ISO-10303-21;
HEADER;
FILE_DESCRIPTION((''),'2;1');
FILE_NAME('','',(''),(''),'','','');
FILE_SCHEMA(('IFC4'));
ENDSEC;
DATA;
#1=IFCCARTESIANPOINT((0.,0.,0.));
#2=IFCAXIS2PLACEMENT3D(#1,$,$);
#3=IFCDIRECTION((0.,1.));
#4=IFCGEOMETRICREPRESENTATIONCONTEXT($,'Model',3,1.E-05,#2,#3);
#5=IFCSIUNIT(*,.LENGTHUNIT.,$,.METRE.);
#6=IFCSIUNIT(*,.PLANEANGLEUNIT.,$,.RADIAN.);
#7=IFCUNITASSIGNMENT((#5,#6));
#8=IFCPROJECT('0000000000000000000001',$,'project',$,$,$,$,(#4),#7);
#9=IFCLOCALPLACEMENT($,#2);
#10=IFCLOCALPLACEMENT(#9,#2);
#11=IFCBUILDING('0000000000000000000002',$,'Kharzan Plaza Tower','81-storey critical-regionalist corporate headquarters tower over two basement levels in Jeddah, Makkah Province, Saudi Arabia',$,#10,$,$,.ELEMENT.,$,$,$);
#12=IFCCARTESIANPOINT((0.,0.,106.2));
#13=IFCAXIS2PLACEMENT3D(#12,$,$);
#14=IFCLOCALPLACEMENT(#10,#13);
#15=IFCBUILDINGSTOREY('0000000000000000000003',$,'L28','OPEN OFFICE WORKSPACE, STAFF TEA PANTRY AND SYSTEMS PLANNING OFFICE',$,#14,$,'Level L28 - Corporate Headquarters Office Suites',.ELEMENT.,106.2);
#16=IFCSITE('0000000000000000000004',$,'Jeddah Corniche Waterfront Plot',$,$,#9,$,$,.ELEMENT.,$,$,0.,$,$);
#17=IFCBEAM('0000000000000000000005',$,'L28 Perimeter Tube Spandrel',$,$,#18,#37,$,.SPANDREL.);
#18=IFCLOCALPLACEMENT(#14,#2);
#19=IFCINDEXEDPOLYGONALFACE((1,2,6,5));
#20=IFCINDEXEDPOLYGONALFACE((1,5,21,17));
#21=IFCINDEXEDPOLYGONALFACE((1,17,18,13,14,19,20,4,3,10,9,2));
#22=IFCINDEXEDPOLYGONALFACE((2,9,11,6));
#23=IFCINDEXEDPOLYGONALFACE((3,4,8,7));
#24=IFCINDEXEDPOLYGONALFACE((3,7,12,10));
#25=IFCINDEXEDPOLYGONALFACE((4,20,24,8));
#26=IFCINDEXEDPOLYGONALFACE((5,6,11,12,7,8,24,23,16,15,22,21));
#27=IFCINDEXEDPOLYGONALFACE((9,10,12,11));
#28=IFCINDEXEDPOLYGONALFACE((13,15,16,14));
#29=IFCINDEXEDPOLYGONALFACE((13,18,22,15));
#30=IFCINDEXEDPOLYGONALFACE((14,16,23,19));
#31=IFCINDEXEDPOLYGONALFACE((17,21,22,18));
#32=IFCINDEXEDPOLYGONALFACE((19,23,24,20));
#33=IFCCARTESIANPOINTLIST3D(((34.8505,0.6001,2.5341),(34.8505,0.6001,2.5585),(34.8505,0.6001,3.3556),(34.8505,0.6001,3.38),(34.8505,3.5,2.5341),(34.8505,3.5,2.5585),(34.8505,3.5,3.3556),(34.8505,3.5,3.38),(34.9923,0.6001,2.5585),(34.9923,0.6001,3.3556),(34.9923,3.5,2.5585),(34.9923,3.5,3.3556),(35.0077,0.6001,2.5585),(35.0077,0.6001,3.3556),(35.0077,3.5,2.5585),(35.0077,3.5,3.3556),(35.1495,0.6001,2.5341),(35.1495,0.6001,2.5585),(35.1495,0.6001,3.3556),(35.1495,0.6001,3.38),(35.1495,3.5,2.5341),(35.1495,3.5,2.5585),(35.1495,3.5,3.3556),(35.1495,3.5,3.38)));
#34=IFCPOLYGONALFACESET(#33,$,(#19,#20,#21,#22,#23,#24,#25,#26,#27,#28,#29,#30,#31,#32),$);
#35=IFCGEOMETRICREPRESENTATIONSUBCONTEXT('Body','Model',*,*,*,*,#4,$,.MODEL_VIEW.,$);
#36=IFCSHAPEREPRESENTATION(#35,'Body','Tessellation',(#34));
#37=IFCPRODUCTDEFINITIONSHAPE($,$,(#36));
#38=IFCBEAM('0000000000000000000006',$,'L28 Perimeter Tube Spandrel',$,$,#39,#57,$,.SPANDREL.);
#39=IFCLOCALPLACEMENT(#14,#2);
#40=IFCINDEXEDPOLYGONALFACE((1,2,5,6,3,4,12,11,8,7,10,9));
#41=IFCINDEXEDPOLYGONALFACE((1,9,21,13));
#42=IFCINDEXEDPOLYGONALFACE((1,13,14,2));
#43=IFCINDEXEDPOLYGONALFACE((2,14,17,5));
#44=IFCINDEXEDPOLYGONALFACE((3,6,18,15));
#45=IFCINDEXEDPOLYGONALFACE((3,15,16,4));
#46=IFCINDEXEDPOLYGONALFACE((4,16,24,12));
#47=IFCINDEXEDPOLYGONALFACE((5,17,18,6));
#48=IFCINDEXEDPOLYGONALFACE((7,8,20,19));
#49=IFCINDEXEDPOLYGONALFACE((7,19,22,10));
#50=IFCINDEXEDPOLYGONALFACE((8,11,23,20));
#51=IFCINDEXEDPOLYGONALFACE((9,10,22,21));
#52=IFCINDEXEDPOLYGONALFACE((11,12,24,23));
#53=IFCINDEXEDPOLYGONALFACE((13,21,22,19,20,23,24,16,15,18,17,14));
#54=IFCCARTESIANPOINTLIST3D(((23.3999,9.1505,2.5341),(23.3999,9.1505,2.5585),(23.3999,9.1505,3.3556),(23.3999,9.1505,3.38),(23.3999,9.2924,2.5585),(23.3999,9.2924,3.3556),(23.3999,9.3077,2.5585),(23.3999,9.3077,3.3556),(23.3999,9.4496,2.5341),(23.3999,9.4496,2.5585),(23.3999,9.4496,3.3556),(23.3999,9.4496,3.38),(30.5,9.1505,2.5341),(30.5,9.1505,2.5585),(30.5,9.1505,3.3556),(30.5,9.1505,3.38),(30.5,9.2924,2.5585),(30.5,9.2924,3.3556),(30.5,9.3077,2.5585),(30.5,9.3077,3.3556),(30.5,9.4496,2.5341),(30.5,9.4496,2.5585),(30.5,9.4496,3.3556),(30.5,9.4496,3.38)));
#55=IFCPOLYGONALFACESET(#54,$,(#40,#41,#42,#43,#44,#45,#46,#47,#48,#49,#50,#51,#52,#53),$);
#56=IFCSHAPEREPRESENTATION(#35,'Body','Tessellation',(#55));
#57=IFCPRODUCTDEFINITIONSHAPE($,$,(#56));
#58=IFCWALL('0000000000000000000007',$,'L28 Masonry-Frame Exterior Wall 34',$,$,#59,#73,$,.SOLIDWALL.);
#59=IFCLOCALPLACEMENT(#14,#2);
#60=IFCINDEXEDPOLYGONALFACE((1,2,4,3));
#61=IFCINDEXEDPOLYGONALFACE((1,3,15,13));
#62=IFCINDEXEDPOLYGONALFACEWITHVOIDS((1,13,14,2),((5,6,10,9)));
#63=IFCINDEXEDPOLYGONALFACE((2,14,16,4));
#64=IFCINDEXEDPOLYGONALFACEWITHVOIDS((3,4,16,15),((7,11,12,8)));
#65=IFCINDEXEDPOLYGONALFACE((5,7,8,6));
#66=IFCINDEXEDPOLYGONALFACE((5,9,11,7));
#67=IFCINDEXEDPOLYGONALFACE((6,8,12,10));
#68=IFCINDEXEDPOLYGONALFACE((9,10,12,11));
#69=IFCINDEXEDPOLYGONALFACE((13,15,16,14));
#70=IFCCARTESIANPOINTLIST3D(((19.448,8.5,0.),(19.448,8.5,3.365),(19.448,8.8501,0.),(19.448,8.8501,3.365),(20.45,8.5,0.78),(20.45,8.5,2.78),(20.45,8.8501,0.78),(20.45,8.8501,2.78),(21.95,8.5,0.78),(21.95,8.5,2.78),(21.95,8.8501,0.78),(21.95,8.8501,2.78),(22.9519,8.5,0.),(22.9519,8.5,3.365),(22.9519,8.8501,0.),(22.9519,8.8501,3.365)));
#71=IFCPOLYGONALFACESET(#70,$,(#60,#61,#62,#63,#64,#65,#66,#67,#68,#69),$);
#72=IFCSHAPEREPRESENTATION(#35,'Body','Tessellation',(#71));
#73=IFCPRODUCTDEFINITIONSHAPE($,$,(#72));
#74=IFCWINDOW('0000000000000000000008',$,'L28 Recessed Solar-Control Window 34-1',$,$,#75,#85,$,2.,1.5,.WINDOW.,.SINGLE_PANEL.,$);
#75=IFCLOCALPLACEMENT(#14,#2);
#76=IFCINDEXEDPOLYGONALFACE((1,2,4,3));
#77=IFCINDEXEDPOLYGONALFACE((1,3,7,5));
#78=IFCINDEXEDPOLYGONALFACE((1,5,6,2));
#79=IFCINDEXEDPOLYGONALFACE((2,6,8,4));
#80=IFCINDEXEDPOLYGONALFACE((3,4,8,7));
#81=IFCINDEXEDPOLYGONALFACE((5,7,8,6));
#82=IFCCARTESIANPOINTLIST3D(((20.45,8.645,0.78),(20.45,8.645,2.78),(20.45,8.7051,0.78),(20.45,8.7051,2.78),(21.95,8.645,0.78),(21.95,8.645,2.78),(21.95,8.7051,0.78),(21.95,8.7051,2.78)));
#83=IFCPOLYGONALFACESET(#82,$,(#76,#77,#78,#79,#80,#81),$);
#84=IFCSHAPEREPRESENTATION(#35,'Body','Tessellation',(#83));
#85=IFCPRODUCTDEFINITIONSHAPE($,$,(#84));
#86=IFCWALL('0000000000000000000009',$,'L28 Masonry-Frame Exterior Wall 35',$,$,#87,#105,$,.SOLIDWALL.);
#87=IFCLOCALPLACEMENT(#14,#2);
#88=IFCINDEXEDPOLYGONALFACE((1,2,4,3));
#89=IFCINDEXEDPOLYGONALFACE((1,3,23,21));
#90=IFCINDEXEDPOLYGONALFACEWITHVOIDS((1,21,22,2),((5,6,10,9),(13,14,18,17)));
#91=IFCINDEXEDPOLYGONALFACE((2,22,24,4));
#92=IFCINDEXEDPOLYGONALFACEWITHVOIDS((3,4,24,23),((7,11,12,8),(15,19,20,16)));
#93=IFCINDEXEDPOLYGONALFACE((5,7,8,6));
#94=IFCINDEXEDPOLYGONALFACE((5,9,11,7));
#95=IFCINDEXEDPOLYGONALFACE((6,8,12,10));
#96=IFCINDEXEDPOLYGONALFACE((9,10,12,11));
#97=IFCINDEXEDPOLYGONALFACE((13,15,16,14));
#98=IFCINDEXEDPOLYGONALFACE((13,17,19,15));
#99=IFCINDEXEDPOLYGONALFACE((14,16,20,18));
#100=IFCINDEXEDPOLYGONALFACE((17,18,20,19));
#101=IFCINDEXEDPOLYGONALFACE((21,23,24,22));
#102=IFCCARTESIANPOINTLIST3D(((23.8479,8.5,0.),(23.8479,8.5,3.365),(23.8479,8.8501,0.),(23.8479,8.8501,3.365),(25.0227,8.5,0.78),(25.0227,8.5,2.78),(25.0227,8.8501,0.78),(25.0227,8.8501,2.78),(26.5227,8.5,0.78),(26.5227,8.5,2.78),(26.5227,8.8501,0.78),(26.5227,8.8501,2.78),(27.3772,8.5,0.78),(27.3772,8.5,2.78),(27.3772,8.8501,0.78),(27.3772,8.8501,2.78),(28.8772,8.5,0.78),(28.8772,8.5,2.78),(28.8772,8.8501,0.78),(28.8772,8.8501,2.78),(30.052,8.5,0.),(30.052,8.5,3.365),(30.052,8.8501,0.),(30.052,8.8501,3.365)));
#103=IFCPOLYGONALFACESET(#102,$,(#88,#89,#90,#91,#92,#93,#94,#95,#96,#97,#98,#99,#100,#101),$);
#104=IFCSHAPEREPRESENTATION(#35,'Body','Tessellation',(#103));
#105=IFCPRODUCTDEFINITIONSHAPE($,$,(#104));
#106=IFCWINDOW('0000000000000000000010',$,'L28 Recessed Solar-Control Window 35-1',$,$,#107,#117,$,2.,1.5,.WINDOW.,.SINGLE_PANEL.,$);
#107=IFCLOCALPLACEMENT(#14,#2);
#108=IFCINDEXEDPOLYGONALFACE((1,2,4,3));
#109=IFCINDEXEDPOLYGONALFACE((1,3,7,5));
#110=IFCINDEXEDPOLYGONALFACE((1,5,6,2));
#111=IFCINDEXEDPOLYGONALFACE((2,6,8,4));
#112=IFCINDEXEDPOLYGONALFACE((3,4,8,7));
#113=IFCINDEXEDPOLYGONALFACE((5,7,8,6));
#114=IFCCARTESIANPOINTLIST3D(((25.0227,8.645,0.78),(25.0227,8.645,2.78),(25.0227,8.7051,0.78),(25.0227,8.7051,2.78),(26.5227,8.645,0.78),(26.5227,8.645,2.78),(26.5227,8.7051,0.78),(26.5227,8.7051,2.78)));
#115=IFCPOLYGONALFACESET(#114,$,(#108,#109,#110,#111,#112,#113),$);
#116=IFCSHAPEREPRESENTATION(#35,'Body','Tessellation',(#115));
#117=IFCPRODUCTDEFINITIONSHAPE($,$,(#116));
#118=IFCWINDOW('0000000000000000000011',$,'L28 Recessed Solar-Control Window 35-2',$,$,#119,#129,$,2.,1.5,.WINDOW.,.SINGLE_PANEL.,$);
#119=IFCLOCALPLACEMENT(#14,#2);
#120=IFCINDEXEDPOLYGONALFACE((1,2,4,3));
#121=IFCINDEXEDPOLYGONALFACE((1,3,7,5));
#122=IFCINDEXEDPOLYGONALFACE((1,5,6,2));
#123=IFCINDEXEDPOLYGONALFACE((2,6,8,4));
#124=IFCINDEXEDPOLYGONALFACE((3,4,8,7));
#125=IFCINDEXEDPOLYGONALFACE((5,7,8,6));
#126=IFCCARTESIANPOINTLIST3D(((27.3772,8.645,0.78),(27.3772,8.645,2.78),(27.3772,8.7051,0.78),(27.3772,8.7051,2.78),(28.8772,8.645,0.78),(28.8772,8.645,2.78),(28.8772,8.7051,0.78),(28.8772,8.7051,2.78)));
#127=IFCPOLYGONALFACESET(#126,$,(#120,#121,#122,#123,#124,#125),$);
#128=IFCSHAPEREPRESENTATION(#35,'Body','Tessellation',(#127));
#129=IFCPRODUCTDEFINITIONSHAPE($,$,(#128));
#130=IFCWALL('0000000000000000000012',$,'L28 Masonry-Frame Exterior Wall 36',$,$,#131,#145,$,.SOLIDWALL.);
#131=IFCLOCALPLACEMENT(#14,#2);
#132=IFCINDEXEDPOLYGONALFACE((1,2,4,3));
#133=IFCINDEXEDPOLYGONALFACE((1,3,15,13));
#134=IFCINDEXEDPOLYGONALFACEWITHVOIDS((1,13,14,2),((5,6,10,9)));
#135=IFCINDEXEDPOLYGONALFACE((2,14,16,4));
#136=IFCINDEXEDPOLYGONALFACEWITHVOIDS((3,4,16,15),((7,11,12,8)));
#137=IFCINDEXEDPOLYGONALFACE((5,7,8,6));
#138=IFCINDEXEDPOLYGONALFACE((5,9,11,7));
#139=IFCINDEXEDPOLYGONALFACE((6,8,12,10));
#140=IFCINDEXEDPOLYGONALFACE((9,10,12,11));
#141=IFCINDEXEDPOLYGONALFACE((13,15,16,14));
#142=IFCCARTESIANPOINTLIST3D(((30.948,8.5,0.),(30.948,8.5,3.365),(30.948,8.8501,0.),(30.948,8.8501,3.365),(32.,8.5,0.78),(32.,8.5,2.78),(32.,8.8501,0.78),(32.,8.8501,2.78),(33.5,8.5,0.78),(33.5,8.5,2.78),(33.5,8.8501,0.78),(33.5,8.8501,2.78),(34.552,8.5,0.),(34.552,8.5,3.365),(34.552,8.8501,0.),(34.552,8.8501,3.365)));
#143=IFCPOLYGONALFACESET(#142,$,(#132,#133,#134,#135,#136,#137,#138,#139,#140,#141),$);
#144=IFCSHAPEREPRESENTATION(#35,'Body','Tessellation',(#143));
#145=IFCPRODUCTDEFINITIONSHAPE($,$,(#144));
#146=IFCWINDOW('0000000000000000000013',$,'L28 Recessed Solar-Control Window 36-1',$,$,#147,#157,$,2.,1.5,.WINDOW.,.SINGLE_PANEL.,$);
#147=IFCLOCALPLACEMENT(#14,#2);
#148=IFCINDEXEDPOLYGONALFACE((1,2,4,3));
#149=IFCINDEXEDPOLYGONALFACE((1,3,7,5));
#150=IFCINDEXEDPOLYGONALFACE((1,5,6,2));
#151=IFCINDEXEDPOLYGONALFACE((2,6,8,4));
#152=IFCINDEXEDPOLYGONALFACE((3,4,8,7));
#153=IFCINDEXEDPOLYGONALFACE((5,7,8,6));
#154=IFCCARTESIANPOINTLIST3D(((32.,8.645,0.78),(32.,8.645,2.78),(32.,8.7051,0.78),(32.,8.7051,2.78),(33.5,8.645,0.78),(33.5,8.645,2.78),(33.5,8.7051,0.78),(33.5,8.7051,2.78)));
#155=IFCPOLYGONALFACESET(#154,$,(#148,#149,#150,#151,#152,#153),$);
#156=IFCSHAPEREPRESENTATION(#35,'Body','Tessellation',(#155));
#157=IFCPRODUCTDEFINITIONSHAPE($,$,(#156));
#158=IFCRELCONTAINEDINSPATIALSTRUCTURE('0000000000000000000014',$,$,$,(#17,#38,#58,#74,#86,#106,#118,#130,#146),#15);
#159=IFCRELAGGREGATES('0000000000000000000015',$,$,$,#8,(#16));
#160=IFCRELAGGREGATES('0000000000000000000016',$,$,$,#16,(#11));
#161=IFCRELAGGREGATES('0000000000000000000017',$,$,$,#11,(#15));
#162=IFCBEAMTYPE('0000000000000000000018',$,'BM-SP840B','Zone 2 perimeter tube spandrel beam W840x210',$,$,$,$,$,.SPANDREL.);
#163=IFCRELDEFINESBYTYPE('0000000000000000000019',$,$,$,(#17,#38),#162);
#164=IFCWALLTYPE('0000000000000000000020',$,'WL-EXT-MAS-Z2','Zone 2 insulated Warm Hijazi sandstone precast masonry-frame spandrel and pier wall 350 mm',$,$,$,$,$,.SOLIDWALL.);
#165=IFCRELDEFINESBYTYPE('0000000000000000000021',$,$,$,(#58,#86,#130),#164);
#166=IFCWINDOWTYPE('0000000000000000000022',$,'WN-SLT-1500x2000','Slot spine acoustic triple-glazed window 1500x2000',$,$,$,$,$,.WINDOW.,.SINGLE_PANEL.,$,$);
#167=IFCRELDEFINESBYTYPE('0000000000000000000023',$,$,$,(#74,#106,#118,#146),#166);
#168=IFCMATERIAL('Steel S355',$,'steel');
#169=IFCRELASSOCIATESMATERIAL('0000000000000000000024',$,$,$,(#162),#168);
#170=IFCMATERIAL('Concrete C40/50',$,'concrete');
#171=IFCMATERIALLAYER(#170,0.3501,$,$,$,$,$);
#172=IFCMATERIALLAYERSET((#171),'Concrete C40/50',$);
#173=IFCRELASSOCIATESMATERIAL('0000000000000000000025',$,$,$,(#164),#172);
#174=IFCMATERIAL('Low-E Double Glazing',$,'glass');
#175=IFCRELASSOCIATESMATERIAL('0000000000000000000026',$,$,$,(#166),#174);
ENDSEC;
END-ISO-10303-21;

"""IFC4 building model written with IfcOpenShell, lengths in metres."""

from ifc_helpers import new_model, si_unit, direction, frame, frame_2d, origin, origin_2d, place, context, subcontext, project, spatial, rectangle, i_section, extrude, source, transform, mapped, material, layer, layer_set, material_profile, profile_set, type_object, element, fill, save


model = new_model("IFC4")

# Units and contexts
model_context = context("Model", 3, precision=1e-05, world=origin(), true_north=direction((0.0, 1.0)))
body_context = subcontext(model_context, "Body", "Model", "MODEL_VIEW")
ifc_project = project(units=[si_unit("LENGTHUNIT", "METRE"), si_unit("PLANEANGLEUNIT", "RADIAN")], contexts=[model_context])

# Site, building, storey
site_placement = place(None, origin())
site = spatial("IfcSite", under=ifc_project, at=site_placement, Name="Jeddah Corniche Waterfront Plot", CompositionType="ELEMENT", RefElevation=0.0)
building_placement = place(site_placement, origin())
building = spatial("IfcBuilding", under=site, at=building_placement, Name="Kharzan Plaza Tower", Description="81-storey critical-regionalist corporate headquarters tower over two basement levels in Jeddah, Makkah Province, Saudi Arabia", CompositionType="ELEMENT")
storey_placement = place(building_placement, frame((0.0, 0.0, 106.2)))
storey = spatial("IfcBuildingStorey", under=building, at=storey_placement, Name="L28", Description="OPEN OFFICE WORKSPACE, STAFF TEA PANTRY AND SYSTEMS PLANNING OFFICE", LongName="Level L28 - Corporate Headquarters Office Suites", CompositionType="ELEMENT", Elevation=106.2)

# Beams
ifc_material_1 = material(Name="Steel S355", Category="steel")
ifc_material_profile_1 = material_profile(ifc_material_1, i_section(OverallWidth=0.2991, OverallDepth=0.8459, WebThickness=0.0154, FlangeThickness=0.0244, at=origin_2d()), Name="W840x210")
ifc_profile_set_1 = profile_set([ifc_material_profile_1], Name="Steel S355")
beam_type_1 = type_object("IfcBeamType", Name="BM-SP840B", Description="Zone 2 perimeter tube spandrel beam W840x210", PredefinedType="SPANDREL", material=ifc_profile_set_1)
shared_shape_1 = source(origin(), body_context, "Body", "SweptSolid", [
    extrude(i_section(OverallWidth=0.2991, OverallDepth=0.8459, WebThickness=0.0154, FlangeThickness=0.0244, at=origin_2d()), origin(), (0.0, 0.0, 1.0), 2.8999),
])
beam_1_placement = place(storey_placement, frame((35.0, 0.6001, 2.957), z_axis=(0.0, 1.0, 0.0), x_axis=(-1.0, 0.0, 0.0)))
element("IfcBeam", 1, at=beam_1_placement, inside=storey, type_object=beam_type_1, Name="L28 Perimeter Tube Spandrel", PredefinedType="SPANDREL", context=body_context, shape_type="MappedRepresentation", body=[
    mapped(shared_shape_1, transform((0.0, 0.0, 0.0), x_axis=(1.0, 0.0, 0.0), y_axis=(0.0, 1.0, 0.0), z_axis=(0.0, 0.0, 1.0))),
])
shared_shape_2 = source(origin(), body_context, "Body", "SweptSolid", [
    extrude(i_section(OverallWidth=0.2991, OverallDepth=0.8459, WebThickness=0.0154, FlangeThickness=0.0244, at=origin_2d()), origin(), (0.0, 0.0, 1.0), 7.1001),
])
beam_2_placement = place(storey_placement, frame((23.3999, 9.3, 2.957), z_axis=(1.0, 0.0, 0.0), x_axis=(0.0, 1.0, 0.0)))
element("IfcBeam", 2, at=beam_2_placement, inside=storey, type_object=beam_type_1, Name="L28 Perimeter Tube Spandrel", PredefinedType="SPANDREL", context=body_context, shape_type="MappedRepresentation", body=[
    mapped(shared_shape_2, transform((0.0, 0.0, 0.0), x_axis=(1.0, 0.0, 0.0), y_axis=(0.0, 1.0, 0.0), z_axis=(0.0, 0.0, 1.0))),
])

# Wall, opening, window
ifc_material_2 = material(Name="Concrete C40/50", Category="concrete")
ifc_layer_1 = layer(ifc_material_2, 0.3501)
ifc_layer_set_1 = layer_set([ifc_layer_1], Name="Concrete C40/50")
wall_type_1 = type_object("IfcWallType", Name="WL-EXT-MAS-Z2", Description="Zone 2 insulated Warm Hijazi sandstone precast masonry-frame spandrel and pier wall 350 mm", PredefinedType="SOLIDWALL", material=ifc_layer_set_1)
wall_1_placement = place(storey_placement, frame((19.448, 8.675, 0.0), z_axis=(0.0, 0.0, 1.0), x_axis=(1.0, 0.0, 0.0)))
wall_1 = element("IfcWall", 3, at=wall_1_placement, inside=storey, type_object=wall_type_1, Name="L28 Masonry-Frame Exterior Wall 34", PredefinedType="SOLIDWALL", context=body_context, shape_type="SweptSolid", body=[
    extrude(rectangle(XDim=3.5039, YDim=0.3501, at=frame_2d((1.752, 0.0))), origin(), (0.0, 0.0, 1.0), 3.365),
])
opening_1_placement = place(wall_1_placement, frame((1.002, 0.0, 0.78)))
opening_1 = element("IfcOpeningElement", 4, at=opening_1_placement, cuts=wall_1, PredefinedType="OPENING", context=body_context, shape_type="SweptSolid", body=[
    extrude(rectangle(XDim=1.5, YDim=2.0, at=frame_2d((0.75, 1.0))), frame((0.0, 0.1851, 0.0), z_axis=(0.0, -1.0, 0.0), x_axis=(1.0, 0.0, 0.0)), (0.0, 0.0, 1.0), 0.3701),
])
ifc_material_3 = material(Name="Low-E Double Glazing", Category="glass")
window_type = type_object("IfcWindowType", Name="WN-SLT-1500x2000", Description="Slot spine acoustic triple-glazed window 1500x2000", PartitioningType="SINGLE_PANEL", PredefinedType="WINDOW", material=ifc_material_3)
shared_shape_3 = source(origin(), body_context, "Body", "SweptSolid", [
    extrude(rectangle(XDim=1.5, YDim=2.0, at=frame_2d((0.75, 1.0))), frame((0.0, 0.03, 0.0), z_axis=(0.0, -1.0, 0.0), x_axis=(1.0, 0.0, 0.0)), (0.0, 0.0, 1.0), 0.0601),
])
window_1_placement = place(opening_1_placement, origin())
window_1 = element("IfcWindow", 5, at=window_1_placement, inside=storey, type_object=window_type, Name="L28 Recessed Solar-Control Window 34-1", OverallHeight=2.0, OverallWidth=1.5, PartitioningType="SINGLE_PANEL", PredefinedType="WINDOW", context=body_context, shape_type="MappedRepresentation", body=[
    mapped(shared_shape_3, transform((0.0, 0.0, 0.0), x_axis=(1.0, 0.0, 0.0), y_axis=(0.0, 1.0, 0.0), z_axis=(0.0, 0.0, 1.0))),
])
fill(opening_1, window_1)

# Wall, openings, windows
wall_2_placement = place(storey_placement, frame((23.8479, 8.675, 0.0), z_axis=(0.0, 0.0, 1.0), x_axis=(1.0, 0.0, 0.0)))
wall_2 = element("IfcWall", 6, at=wall_2_placement, inside=storey, type_object=wall_type_1, Name="L28 Masonry-Frame Exterior Wall 35", PredefinedType="SOLIDWALL", context=body_context, shape_type="SweptSolid", body=[
    extrude(rectangle(XDim=6.2041, YDim=0.3501, at=frame_2d((3.1021, 0.0))), origin(), (0.0, 0.0, 1.0), 3.365),
])
opening_2_placement = place(wall_2_placement, frame((1.1748, 0.0, 0.78)))
opening_2 = element("IfcOpeningElement", 7, at=opening_2_placement, cuts=wall_2, PredefinedType="OPENING", context=body_context, shape_type="SweptSolid", body=[
    extrude(rectangle(XDim=1.5, YDim=2.0, at=frame_2d((0.75, 1.0))), frame((0.0, 0.1851, 0.0), z_axis=(0.0, -1.0, 0.0), x_axis=(1.0, 0.0, 0.0)), (0.0, 0.0, 1.0), 0.3701),
])
opening_3_placement = place(wall_2_placement, frame((3.5293, 0.0, 0.78)))
opening_3 = element("IfcOpeningElement", 8, at=opening_3_placement, cuts=wall_2, PredefinedType="OPENING", context=body_context, shape_type="SweptSolid", body=[
    extrude(rectangle(XDim=1.5, YDim=2.0, at=frame_2d((0.75, 1.0))), frame((0.0, 0.1851, 0.0), z_axis=(0.0, -1.0, 0.0), x_axis=(1.0, 0.0, 0.0)), (0.0, 0.0, 1.0), 0.3701),
])
window_2_placement = place(opening_2_placement, origin())
window_2 = element("IfcWindow", 9, at=window_2_placement, inside=storey, type_object=window_type, Name="L28 Recessed Solar-Control Window 35-1", OverallHeight=2.0, OverallWidth=1.5, PartitioningType="SINGLE_PANEL", PredefinedType="WINDOW", context=body_context, shape_type="MappedRepresentation", body=[
    mapped(shared_shape_3, transform((0.0, 0.0, 0.0), x_axis=(1.0, 0.0, 0.0), y_axis=(0.0, 1.0, 0.0), z_axis=(0.0, 0.0, 1.0))),
])
fill(opening_2, window_2)
window_3_placement = place(opening_3_placement, origin())
window_3 = element("IfcWindow", 10, at=window_3_placement, inside=storey, type_object=window_type, Name="L28 Recessed Solar-Control Window 35-2", OverallHeight=2.0, OverallWidth=1.5, PartitioningType="SINGLE_PANEL", PredefinedType="WINDOW", context=body_context, shape_type="MappedRepresentation", body=[
    mapped(shared_shape_3, transform((0.0, 0.0, 0.0), x_axis=(1.0, 0.0, 0.0), y_axis=(0.0, 1.0, 0.0), z_axis=(0.0, 0.0, 1.0))),
])
fill(opening_3, window_3)

# Wall, opening, window
wall_3_placement = place(storey_placement, frame((30.948, 8.675, 0.0), z_axis=(0.0, 0.0, 1.0), x_axis=(1.0, 0.0, 0.0)))
wall_3 = element("IfcWall", 11, at=wall_3_placement, inside=storey, type_object=wall_type_1, Name="L28 Masonry-Frame Exterior Wall 36", PredefinedType="SOLIDWALL", context=body_context, shape_type="SweptSolid", body=[
    extrude(rectangle(XDim=3.604, YDim=0.3501, at=frame_2d((1.802, 0.0))), origin(), (0.0, 0.0, 1.0), 3.365),
])
opening_4_placement = place(wall_3_placement, frame((1.052, 0.0, 0.78)))
opening_4 = element("IfcOpeningElement", 12, at=opening_4_placement, cuts=wall_3, PredefinedType="OPENING", context=body_context, shape_type="SweptSolid", body=[
    extrude(rectangle(XDim=1.5, YDim=2.0, at=frame_2d((0.75, 1.0))), frame((0.0, 0.1851, 0.0), z_axis=(0.0, -1.0, 0.0), x_axis=(1.0, 0.0, 0.0)), (0.0, 0.0, 1.0), 0.3701),
])
window_4_placement = place(opening_4_placement, origin())
window_4 = element("IfcWindow", 13, at=window_4_placement, inside=storey, type_object=window_type, Name="L28 Recessed Solar-Control Window 36-1", OverallHeight=2.0, OverallWidth=1.5, PartitioningType="SINGLE_PANEL", PredefinedType="WINDOW", context=body_context, shape_type="MappedRepresentation", body=[
    mapped(shared_shape_3, transform((0.0, 0.0, 0.0), x_axis=(1.0, 0.0, 0.0), y_axis=(0.0, 1.0, 0.0), z_axis=(0.0, 0.0, 1.0))),
])
fill(opening_4, window_4)

save(model, "model.ifc")
